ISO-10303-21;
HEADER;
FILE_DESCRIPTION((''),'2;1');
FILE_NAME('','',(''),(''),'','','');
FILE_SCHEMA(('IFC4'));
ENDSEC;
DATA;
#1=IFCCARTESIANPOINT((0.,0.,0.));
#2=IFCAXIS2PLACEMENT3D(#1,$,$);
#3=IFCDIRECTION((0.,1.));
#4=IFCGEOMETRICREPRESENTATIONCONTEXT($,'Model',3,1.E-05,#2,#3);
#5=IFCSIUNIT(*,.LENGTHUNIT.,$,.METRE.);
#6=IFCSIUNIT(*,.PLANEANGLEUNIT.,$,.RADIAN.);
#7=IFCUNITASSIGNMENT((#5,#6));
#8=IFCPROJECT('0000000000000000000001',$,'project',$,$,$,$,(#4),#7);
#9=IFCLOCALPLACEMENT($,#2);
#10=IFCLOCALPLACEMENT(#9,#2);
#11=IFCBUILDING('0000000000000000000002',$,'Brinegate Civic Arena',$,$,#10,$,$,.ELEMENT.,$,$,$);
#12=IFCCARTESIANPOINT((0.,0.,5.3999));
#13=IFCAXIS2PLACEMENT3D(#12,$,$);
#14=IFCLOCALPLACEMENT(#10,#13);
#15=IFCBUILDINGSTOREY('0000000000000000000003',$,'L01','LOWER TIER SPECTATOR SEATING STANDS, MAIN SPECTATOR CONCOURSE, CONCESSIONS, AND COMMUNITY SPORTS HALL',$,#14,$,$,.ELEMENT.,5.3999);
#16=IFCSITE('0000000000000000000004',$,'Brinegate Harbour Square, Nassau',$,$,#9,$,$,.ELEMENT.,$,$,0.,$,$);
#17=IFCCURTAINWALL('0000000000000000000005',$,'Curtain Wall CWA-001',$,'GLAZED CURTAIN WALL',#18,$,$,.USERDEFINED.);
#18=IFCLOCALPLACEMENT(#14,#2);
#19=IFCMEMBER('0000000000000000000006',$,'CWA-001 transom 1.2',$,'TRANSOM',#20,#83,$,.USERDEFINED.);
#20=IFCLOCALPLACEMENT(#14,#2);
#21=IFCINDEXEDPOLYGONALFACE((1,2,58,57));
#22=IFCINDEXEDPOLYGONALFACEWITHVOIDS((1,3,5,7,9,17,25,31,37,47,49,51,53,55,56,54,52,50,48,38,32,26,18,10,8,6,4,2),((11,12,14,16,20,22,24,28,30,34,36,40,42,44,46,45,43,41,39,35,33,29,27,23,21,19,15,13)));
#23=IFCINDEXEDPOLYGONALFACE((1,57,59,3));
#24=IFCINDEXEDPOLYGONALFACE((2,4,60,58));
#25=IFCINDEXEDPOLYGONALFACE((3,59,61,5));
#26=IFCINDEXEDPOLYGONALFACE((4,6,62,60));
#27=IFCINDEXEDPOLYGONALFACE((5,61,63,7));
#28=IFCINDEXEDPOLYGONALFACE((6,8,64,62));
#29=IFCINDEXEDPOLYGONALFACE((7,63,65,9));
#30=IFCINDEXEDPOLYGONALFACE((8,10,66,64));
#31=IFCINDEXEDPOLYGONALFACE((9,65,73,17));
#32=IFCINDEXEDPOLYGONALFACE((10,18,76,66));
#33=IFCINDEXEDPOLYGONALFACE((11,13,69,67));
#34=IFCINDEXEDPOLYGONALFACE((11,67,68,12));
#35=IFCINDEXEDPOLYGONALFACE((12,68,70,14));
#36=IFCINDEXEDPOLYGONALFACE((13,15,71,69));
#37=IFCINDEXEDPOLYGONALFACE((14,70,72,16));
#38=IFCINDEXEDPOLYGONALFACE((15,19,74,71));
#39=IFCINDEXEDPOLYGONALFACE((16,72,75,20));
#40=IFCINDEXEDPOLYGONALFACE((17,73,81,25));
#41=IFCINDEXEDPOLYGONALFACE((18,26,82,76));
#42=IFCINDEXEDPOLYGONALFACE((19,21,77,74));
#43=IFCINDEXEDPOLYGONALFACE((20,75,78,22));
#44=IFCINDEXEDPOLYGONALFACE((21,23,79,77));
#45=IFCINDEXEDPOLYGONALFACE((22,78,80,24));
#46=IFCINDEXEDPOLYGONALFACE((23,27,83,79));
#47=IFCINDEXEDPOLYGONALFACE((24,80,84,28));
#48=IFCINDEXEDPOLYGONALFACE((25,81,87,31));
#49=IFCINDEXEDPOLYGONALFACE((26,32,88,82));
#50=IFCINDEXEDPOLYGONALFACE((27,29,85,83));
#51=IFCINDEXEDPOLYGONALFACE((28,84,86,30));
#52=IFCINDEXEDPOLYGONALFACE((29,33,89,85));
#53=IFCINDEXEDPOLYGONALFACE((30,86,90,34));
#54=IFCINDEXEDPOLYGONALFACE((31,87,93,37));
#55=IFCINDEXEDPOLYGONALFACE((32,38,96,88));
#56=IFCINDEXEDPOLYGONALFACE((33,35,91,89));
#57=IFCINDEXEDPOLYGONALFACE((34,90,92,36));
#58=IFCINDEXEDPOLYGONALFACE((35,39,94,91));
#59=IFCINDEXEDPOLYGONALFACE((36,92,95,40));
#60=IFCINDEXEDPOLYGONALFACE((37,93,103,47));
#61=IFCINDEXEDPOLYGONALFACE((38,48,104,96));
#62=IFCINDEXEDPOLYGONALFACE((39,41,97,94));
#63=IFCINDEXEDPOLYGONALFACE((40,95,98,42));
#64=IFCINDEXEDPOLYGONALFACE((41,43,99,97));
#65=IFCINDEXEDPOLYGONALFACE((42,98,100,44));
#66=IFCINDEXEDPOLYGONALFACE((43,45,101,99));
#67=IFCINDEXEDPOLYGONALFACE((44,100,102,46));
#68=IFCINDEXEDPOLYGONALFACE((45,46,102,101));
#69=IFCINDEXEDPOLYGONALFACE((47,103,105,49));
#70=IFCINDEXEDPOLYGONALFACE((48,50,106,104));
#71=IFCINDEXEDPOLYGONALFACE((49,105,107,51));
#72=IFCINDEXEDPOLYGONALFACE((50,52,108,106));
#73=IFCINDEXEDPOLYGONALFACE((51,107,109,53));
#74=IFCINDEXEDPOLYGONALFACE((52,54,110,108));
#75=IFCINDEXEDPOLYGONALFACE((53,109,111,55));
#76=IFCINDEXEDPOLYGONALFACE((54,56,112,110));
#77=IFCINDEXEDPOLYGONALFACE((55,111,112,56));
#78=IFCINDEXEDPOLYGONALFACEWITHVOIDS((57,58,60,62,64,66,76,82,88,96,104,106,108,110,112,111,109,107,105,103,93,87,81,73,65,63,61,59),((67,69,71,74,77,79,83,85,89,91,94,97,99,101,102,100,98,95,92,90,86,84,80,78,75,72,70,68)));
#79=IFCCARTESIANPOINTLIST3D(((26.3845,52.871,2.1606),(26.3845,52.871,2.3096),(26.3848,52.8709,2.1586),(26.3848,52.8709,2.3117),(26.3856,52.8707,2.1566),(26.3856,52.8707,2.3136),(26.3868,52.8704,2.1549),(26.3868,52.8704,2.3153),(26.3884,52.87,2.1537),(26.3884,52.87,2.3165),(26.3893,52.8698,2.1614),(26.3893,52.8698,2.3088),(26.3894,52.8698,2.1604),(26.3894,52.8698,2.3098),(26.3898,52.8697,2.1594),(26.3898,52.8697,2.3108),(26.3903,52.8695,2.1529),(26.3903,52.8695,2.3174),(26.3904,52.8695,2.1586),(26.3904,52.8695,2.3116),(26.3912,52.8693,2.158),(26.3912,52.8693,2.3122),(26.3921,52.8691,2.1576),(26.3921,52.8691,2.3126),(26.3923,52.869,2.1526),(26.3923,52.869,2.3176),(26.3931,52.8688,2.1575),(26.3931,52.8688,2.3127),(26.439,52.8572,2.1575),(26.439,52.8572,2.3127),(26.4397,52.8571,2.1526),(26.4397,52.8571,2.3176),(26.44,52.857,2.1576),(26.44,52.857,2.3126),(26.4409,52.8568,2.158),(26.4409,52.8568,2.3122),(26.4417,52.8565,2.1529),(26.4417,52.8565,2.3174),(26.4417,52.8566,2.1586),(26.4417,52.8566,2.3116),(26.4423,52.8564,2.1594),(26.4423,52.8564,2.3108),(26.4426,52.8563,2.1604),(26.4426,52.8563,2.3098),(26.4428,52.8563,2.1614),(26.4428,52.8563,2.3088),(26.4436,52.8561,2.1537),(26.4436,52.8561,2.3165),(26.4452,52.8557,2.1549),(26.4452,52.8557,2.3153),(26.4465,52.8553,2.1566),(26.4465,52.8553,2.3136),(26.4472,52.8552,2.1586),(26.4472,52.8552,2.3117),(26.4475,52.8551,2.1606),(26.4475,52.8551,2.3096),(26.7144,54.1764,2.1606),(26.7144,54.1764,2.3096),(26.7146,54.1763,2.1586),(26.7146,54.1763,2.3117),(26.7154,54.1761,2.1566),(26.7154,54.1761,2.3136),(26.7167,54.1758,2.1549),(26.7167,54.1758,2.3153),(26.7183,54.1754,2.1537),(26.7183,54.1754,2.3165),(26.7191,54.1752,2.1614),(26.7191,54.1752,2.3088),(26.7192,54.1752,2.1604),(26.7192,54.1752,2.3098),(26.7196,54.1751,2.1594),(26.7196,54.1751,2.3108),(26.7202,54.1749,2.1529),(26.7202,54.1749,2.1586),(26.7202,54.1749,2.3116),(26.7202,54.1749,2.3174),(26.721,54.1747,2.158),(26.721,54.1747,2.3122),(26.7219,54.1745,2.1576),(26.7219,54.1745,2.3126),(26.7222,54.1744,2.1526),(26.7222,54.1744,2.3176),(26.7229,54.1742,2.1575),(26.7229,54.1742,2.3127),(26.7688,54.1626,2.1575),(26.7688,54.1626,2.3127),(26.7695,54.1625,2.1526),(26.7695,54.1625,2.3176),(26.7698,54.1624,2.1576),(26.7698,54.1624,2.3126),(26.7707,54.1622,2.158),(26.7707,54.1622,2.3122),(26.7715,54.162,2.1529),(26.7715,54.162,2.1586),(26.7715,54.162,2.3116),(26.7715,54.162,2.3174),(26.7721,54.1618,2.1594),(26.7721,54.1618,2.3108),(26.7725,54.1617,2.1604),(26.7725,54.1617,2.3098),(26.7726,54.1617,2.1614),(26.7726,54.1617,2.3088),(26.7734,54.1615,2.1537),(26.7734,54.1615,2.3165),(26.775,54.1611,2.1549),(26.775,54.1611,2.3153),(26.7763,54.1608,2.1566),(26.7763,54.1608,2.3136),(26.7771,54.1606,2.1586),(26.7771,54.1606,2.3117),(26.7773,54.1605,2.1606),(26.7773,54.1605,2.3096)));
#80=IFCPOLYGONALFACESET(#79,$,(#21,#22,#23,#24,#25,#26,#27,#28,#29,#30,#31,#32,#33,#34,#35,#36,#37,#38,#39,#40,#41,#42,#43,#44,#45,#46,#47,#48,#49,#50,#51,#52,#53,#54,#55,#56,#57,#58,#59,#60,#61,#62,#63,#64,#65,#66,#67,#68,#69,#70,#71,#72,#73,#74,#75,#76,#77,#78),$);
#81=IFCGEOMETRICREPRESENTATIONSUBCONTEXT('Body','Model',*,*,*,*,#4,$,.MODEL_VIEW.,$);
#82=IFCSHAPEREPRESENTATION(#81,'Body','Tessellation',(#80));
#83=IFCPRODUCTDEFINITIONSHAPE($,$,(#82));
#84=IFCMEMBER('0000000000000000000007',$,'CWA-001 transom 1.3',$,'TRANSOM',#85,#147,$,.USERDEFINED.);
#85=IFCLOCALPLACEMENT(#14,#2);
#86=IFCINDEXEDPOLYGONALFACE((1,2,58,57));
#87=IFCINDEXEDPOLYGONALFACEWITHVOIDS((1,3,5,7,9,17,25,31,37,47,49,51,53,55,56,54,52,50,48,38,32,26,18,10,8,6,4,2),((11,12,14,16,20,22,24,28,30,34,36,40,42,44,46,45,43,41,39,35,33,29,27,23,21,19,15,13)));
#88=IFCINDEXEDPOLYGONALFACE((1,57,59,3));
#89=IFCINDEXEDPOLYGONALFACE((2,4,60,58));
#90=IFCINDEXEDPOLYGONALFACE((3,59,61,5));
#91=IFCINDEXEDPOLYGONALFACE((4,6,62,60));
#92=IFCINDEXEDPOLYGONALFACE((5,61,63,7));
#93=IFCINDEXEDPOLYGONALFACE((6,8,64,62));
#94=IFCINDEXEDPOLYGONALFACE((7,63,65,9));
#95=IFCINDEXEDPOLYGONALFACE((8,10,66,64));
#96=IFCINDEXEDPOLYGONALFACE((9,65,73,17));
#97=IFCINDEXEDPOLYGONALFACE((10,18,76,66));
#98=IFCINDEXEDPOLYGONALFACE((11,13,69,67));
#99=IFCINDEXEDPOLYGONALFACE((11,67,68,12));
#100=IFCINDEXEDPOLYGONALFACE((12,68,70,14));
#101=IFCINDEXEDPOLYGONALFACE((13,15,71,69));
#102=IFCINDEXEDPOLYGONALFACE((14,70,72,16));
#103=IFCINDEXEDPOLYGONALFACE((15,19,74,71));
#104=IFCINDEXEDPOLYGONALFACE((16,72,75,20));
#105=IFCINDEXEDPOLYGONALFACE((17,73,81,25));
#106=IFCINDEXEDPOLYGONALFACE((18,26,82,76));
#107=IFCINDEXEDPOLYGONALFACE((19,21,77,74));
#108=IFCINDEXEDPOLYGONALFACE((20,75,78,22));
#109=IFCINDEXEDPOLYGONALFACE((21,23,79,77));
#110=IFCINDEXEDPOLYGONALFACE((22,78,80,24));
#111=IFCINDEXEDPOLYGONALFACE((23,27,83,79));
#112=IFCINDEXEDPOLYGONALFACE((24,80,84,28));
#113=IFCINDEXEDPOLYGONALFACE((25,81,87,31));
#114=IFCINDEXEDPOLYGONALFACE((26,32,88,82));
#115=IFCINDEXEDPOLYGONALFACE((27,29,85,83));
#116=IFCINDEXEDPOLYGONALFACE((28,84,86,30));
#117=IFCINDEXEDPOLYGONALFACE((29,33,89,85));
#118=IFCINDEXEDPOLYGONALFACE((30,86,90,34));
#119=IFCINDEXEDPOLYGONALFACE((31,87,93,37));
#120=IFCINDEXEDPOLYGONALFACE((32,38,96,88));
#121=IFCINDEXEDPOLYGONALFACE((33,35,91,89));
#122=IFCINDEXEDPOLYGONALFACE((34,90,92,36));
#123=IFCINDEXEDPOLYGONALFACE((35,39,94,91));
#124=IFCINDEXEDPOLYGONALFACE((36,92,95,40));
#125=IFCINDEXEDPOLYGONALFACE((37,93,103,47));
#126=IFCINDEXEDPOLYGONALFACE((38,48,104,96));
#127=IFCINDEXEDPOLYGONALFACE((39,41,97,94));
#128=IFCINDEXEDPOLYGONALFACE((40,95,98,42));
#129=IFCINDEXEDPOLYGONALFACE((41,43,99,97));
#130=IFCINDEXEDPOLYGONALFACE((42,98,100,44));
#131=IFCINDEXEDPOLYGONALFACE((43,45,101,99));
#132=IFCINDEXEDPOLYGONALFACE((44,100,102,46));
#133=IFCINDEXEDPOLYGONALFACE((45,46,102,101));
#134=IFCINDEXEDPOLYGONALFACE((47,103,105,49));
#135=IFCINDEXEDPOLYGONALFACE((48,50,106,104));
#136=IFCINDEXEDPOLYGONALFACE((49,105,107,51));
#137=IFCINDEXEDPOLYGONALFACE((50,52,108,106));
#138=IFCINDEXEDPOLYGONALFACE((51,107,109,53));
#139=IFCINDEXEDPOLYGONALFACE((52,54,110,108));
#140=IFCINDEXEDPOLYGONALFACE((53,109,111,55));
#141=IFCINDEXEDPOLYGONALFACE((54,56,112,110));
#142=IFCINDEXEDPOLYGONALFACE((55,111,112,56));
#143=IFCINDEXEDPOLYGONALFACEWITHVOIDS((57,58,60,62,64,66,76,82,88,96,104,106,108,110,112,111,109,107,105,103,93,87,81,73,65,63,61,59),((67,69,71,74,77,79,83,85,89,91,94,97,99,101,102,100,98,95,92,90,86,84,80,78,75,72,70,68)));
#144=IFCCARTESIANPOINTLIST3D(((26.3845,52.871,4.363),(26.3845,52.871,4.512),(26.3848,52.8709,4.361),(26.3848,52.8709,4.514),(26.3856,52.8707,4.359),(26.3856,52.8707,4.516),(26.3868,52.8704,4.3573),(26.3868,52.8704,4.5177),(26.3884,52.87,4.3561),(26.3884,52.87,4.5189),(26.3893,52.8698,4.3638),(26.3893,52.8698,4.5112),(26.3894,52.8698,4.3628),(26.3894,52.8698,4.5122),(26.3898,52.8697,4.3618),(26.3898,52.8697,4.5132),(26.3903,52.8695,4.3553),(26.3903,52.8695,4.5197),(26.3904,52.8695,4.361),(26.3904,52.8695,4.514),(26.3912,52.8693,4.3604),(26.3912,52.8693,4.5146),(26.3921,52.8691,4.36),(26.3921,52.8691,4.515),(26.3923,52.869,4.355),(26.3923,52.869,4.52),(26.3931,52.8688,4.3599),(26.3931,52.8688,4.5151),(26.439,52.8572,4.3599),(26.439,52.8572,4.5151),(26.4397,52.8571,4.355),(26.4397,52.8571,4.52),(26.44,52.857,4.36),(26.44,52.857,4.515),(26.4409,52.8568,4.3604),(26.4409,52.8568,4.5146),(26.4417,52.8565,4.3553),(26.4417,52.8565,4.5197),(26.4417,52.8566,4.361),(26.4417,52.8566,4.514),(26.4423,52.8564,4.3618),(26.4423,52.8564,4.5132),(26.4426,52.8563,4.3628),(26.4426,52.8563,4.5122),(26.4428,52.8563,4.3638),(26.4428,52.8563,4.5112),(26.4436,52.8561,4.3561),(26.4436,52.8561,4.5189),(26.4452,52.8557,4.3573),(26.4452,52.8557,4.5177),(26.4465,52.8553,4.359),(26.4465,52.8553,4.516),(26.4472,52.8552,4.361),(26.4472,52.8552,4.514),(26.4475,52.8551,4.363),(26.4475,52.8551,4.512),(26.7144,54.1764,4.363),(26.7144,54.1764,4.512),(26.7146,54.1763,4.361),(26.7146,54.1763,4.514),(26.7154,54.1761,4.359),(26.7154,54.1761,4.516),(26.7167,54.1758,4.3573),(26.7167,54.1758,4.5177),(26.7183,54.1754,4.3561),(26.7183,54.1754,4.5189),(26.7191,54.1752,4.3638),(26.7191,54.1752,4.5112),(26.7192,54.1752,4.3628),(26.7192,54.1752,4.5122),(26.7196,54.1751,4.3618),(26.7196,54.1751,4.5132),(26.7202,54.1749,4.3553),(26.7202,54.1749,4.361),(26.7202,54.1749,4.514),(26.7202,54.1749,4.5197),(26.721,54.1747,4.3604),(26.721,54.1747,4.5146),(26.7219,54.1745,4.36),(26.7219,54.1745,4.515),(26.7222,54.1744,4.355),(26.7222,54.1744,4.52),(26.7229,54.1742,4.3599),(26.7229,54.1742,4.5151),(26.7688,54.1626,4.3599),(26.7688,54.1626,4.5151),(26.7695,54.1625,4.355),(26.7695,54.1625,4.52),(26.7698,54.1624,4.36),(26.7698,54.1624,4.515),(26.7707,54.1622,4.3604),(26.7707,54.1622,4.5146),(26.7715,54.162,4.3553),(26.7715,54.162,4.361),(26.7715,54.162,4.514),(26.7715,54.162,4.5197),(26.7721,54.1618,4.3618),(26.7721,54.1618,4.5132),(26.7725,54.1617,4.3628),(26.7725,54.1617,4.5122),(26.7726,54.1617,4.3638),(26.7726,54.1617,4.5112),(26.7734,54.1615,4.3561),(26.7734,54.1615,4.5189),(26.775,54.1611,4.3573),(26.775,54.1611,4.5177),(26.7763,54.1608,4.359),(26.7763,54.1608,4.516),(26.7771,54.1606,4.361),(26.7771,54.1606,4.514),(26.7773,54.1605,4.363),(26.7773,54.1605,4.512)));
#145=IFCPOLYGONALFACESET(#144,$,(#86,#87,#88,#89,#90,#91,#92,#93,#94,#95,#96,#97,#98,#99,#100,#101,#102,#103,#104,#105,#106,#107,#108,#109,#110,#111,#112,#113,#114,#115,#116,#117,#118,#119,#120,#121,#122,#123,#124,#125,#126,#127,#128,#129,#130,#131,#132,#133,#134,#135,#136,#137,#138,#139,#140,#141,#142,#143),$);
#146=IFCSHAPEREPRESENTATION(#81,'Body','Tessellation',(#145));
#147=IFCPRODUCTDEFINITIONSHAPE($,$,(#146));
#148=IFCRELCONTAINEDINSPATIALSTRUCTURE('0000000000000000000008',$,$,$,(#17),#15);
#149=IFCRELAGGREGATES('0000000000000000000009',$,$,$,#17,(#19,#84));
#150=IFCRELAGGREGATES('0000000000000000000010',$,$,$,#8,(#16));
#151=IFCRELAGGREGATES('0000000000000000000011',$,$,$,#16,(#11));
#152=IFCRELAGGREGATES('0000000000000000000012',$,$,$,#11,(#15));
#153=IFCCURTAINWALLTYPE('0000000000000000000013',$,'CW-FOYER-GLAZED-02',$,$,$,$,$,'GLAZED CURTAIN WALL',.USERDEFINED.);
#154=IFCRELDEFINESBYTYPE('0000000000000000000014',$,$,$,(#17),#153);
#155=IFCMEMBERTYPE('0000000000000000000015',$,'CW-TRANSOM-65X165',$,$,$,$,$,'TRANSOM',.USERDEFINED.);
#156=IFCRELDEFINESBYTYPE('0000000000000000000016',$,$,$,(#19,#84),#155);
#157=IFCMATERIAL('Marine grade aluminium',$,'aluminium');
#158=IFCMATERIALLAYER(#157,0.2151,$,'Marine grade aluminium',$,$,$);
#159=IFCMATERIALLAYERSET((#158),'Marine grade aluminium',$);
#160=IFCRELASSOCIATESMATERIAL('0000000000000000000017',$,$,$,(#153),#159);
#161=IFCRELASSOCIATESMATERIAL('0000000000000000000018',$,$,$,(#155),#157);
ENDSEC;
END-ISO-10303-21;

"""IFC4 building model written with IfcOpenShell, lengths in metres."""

from ifc_helpers import new_model, si_unit, direction, frame, origin, origin_2d, place, context, subcontext, project, spatial, hollow_rectangle, extrude, material, layer, layer_set, material_profile, profile_set, type_object, element, aggregate, save


model = new_model("IFC4")

# Units and contexts
model_context = context("Model", 3, precision=1e-05, world=origin(), true_north=direction((0.0, 1.0)))
body_context = subcontext(model_context, "Body", "Model", "MODEL_VIEW")
ifc_project = project(units=[si_unit("LENGTHUNIT", "METRE"), si_unit("PLANEANGLEUNIT", "RADIAN")], contexts=[model_context])

# Site, building, storey
site_placement = place(None, origin())
site = spatial("IfcSite", under=ifc_project, at=site_placement, Name="Brinegate Harbour Square, Nassau", CompositionType="ELEMENT", RefElevation=0.0)
building_placement = place(site_placement, origin())
building = spatial("IfcBuilding", under=site, at=building_placement, Name="Brinegate Civic Arena", CompositionType="ELEMENT")
storey_placement = place(building_placement, frame((0.0, 0.0, 5.3999)))
storey = spatial("IfcBuildingStorey", under=building, at=storey_placement, Name="L01", Description="LOWER TIER SPECTATOR SEATING STANDS, MAIN SPECTATOR CONCOURSE, CONCESSIONS, AND COMMUNITY SPORTS HALL", CompositionType="ELEMENT", Elevation=5.3999)

# Curtain wall
ifc_material_1 = material(Name="Marine grade aluminium", Category="aluminium")
ifc_layer_1 = layer(ifc_material_1, 0.2151, Name="Marine grade aluminium")
ifc_layer_set_1 = layer_set([ifc_layer_1], Name="Marine grade aluminium")
curtain_wall_type_1 = type_object("IfcCurtainWallType", Name="CW-FOYER-GLAZED-02", ElementType="GLAZED CURTAIN WALL", PredefinedType="USERDEFINED", material=ifc_layer_set_1)
curtain_wall_1_placement = place(storey_placement, origin())
curtain_wall_1 = element("IfcCurtainWall", 1, at=curtain_wall_1_placement, inside=storey, type_object=curtain_wall_type_1, Name="Curtain Wall CWA-001", ObjectType="GLAZED CURTAIN WALL", PredefinedType="USERDEFINED")

# Members
ifc_material_profile_1 = material_profile(ifc_material_1, hollow_rectangle(XDim=0.0649, YDim=0.165, WallThickness=0.0049, InnerFilletRadius=0.0039, OuterFilletRadius=0.0081, at=origin_2d()), Name="TRN65X165")
ifc_profile_set_1 = profile_set([ifc_material_profile_1], Name="Marine grade aluminium")
member_type_1 = type_object("IfcMemberType", Name="CW-TRANSOM-65X165", ElementType="TRANSOM", PredefinedType="USERDEFINED", material=ifc_profile_set_1)
member_1_placement = place(storey_placement, frame((26.416, 52.863, 2.2351), z_axis=(0.244967, 0.969531, 0.0), x_axis=(-0.969531, 0.244967, 0.0)))
member_1 = element("IfcMember", 2, at=member_1_placement, type_object=member_type_1, Name="CWA-001 transom 1.2", ObjectType="TRANSOM", PredefinedType="USERDEFINED", context=body_context, shape_type="SweptSolid", body=[
    extrude(hollow_rectangle(XDim=0.0649, YDim=0.165, WallThickness=0.0049, InnerFilletRadius=0.0039, OuterFilletRadius=0.0081, at=origin_2d()), origin(), (0.0, 0.0, 1.0), 1.3464),
])
member_2_placement = place(storey_placement, frame((26.416, 52.863, 4.4375), z_axis=(0.244967, 0.969531, 0.0), x_axis=(-0.969531, 0.244967, 0.0)))
member_2 = element("IfcMember", 3, at=member_2_placement, type_object=member_type_1, Name="CWA-001 transom 1.3", ObjectType="TRANSOM", PredefinedType="USERDEFINED", context=body_context, shape_type="SweptSolid", body=[
    extrude(hollow_rectangle(XDim=0.0649, YDim=0.165, WallThickness=0.0049, InnerFilletRadius=0.0039, OuterFilletRadius=0.0081, at=origin_2d()), origin(), (0.0, 0.0, 1.0), 1.3464),
])

aggregate(curtain_wall_1, [member_1, member_2])

save(model, "model.ifc")
